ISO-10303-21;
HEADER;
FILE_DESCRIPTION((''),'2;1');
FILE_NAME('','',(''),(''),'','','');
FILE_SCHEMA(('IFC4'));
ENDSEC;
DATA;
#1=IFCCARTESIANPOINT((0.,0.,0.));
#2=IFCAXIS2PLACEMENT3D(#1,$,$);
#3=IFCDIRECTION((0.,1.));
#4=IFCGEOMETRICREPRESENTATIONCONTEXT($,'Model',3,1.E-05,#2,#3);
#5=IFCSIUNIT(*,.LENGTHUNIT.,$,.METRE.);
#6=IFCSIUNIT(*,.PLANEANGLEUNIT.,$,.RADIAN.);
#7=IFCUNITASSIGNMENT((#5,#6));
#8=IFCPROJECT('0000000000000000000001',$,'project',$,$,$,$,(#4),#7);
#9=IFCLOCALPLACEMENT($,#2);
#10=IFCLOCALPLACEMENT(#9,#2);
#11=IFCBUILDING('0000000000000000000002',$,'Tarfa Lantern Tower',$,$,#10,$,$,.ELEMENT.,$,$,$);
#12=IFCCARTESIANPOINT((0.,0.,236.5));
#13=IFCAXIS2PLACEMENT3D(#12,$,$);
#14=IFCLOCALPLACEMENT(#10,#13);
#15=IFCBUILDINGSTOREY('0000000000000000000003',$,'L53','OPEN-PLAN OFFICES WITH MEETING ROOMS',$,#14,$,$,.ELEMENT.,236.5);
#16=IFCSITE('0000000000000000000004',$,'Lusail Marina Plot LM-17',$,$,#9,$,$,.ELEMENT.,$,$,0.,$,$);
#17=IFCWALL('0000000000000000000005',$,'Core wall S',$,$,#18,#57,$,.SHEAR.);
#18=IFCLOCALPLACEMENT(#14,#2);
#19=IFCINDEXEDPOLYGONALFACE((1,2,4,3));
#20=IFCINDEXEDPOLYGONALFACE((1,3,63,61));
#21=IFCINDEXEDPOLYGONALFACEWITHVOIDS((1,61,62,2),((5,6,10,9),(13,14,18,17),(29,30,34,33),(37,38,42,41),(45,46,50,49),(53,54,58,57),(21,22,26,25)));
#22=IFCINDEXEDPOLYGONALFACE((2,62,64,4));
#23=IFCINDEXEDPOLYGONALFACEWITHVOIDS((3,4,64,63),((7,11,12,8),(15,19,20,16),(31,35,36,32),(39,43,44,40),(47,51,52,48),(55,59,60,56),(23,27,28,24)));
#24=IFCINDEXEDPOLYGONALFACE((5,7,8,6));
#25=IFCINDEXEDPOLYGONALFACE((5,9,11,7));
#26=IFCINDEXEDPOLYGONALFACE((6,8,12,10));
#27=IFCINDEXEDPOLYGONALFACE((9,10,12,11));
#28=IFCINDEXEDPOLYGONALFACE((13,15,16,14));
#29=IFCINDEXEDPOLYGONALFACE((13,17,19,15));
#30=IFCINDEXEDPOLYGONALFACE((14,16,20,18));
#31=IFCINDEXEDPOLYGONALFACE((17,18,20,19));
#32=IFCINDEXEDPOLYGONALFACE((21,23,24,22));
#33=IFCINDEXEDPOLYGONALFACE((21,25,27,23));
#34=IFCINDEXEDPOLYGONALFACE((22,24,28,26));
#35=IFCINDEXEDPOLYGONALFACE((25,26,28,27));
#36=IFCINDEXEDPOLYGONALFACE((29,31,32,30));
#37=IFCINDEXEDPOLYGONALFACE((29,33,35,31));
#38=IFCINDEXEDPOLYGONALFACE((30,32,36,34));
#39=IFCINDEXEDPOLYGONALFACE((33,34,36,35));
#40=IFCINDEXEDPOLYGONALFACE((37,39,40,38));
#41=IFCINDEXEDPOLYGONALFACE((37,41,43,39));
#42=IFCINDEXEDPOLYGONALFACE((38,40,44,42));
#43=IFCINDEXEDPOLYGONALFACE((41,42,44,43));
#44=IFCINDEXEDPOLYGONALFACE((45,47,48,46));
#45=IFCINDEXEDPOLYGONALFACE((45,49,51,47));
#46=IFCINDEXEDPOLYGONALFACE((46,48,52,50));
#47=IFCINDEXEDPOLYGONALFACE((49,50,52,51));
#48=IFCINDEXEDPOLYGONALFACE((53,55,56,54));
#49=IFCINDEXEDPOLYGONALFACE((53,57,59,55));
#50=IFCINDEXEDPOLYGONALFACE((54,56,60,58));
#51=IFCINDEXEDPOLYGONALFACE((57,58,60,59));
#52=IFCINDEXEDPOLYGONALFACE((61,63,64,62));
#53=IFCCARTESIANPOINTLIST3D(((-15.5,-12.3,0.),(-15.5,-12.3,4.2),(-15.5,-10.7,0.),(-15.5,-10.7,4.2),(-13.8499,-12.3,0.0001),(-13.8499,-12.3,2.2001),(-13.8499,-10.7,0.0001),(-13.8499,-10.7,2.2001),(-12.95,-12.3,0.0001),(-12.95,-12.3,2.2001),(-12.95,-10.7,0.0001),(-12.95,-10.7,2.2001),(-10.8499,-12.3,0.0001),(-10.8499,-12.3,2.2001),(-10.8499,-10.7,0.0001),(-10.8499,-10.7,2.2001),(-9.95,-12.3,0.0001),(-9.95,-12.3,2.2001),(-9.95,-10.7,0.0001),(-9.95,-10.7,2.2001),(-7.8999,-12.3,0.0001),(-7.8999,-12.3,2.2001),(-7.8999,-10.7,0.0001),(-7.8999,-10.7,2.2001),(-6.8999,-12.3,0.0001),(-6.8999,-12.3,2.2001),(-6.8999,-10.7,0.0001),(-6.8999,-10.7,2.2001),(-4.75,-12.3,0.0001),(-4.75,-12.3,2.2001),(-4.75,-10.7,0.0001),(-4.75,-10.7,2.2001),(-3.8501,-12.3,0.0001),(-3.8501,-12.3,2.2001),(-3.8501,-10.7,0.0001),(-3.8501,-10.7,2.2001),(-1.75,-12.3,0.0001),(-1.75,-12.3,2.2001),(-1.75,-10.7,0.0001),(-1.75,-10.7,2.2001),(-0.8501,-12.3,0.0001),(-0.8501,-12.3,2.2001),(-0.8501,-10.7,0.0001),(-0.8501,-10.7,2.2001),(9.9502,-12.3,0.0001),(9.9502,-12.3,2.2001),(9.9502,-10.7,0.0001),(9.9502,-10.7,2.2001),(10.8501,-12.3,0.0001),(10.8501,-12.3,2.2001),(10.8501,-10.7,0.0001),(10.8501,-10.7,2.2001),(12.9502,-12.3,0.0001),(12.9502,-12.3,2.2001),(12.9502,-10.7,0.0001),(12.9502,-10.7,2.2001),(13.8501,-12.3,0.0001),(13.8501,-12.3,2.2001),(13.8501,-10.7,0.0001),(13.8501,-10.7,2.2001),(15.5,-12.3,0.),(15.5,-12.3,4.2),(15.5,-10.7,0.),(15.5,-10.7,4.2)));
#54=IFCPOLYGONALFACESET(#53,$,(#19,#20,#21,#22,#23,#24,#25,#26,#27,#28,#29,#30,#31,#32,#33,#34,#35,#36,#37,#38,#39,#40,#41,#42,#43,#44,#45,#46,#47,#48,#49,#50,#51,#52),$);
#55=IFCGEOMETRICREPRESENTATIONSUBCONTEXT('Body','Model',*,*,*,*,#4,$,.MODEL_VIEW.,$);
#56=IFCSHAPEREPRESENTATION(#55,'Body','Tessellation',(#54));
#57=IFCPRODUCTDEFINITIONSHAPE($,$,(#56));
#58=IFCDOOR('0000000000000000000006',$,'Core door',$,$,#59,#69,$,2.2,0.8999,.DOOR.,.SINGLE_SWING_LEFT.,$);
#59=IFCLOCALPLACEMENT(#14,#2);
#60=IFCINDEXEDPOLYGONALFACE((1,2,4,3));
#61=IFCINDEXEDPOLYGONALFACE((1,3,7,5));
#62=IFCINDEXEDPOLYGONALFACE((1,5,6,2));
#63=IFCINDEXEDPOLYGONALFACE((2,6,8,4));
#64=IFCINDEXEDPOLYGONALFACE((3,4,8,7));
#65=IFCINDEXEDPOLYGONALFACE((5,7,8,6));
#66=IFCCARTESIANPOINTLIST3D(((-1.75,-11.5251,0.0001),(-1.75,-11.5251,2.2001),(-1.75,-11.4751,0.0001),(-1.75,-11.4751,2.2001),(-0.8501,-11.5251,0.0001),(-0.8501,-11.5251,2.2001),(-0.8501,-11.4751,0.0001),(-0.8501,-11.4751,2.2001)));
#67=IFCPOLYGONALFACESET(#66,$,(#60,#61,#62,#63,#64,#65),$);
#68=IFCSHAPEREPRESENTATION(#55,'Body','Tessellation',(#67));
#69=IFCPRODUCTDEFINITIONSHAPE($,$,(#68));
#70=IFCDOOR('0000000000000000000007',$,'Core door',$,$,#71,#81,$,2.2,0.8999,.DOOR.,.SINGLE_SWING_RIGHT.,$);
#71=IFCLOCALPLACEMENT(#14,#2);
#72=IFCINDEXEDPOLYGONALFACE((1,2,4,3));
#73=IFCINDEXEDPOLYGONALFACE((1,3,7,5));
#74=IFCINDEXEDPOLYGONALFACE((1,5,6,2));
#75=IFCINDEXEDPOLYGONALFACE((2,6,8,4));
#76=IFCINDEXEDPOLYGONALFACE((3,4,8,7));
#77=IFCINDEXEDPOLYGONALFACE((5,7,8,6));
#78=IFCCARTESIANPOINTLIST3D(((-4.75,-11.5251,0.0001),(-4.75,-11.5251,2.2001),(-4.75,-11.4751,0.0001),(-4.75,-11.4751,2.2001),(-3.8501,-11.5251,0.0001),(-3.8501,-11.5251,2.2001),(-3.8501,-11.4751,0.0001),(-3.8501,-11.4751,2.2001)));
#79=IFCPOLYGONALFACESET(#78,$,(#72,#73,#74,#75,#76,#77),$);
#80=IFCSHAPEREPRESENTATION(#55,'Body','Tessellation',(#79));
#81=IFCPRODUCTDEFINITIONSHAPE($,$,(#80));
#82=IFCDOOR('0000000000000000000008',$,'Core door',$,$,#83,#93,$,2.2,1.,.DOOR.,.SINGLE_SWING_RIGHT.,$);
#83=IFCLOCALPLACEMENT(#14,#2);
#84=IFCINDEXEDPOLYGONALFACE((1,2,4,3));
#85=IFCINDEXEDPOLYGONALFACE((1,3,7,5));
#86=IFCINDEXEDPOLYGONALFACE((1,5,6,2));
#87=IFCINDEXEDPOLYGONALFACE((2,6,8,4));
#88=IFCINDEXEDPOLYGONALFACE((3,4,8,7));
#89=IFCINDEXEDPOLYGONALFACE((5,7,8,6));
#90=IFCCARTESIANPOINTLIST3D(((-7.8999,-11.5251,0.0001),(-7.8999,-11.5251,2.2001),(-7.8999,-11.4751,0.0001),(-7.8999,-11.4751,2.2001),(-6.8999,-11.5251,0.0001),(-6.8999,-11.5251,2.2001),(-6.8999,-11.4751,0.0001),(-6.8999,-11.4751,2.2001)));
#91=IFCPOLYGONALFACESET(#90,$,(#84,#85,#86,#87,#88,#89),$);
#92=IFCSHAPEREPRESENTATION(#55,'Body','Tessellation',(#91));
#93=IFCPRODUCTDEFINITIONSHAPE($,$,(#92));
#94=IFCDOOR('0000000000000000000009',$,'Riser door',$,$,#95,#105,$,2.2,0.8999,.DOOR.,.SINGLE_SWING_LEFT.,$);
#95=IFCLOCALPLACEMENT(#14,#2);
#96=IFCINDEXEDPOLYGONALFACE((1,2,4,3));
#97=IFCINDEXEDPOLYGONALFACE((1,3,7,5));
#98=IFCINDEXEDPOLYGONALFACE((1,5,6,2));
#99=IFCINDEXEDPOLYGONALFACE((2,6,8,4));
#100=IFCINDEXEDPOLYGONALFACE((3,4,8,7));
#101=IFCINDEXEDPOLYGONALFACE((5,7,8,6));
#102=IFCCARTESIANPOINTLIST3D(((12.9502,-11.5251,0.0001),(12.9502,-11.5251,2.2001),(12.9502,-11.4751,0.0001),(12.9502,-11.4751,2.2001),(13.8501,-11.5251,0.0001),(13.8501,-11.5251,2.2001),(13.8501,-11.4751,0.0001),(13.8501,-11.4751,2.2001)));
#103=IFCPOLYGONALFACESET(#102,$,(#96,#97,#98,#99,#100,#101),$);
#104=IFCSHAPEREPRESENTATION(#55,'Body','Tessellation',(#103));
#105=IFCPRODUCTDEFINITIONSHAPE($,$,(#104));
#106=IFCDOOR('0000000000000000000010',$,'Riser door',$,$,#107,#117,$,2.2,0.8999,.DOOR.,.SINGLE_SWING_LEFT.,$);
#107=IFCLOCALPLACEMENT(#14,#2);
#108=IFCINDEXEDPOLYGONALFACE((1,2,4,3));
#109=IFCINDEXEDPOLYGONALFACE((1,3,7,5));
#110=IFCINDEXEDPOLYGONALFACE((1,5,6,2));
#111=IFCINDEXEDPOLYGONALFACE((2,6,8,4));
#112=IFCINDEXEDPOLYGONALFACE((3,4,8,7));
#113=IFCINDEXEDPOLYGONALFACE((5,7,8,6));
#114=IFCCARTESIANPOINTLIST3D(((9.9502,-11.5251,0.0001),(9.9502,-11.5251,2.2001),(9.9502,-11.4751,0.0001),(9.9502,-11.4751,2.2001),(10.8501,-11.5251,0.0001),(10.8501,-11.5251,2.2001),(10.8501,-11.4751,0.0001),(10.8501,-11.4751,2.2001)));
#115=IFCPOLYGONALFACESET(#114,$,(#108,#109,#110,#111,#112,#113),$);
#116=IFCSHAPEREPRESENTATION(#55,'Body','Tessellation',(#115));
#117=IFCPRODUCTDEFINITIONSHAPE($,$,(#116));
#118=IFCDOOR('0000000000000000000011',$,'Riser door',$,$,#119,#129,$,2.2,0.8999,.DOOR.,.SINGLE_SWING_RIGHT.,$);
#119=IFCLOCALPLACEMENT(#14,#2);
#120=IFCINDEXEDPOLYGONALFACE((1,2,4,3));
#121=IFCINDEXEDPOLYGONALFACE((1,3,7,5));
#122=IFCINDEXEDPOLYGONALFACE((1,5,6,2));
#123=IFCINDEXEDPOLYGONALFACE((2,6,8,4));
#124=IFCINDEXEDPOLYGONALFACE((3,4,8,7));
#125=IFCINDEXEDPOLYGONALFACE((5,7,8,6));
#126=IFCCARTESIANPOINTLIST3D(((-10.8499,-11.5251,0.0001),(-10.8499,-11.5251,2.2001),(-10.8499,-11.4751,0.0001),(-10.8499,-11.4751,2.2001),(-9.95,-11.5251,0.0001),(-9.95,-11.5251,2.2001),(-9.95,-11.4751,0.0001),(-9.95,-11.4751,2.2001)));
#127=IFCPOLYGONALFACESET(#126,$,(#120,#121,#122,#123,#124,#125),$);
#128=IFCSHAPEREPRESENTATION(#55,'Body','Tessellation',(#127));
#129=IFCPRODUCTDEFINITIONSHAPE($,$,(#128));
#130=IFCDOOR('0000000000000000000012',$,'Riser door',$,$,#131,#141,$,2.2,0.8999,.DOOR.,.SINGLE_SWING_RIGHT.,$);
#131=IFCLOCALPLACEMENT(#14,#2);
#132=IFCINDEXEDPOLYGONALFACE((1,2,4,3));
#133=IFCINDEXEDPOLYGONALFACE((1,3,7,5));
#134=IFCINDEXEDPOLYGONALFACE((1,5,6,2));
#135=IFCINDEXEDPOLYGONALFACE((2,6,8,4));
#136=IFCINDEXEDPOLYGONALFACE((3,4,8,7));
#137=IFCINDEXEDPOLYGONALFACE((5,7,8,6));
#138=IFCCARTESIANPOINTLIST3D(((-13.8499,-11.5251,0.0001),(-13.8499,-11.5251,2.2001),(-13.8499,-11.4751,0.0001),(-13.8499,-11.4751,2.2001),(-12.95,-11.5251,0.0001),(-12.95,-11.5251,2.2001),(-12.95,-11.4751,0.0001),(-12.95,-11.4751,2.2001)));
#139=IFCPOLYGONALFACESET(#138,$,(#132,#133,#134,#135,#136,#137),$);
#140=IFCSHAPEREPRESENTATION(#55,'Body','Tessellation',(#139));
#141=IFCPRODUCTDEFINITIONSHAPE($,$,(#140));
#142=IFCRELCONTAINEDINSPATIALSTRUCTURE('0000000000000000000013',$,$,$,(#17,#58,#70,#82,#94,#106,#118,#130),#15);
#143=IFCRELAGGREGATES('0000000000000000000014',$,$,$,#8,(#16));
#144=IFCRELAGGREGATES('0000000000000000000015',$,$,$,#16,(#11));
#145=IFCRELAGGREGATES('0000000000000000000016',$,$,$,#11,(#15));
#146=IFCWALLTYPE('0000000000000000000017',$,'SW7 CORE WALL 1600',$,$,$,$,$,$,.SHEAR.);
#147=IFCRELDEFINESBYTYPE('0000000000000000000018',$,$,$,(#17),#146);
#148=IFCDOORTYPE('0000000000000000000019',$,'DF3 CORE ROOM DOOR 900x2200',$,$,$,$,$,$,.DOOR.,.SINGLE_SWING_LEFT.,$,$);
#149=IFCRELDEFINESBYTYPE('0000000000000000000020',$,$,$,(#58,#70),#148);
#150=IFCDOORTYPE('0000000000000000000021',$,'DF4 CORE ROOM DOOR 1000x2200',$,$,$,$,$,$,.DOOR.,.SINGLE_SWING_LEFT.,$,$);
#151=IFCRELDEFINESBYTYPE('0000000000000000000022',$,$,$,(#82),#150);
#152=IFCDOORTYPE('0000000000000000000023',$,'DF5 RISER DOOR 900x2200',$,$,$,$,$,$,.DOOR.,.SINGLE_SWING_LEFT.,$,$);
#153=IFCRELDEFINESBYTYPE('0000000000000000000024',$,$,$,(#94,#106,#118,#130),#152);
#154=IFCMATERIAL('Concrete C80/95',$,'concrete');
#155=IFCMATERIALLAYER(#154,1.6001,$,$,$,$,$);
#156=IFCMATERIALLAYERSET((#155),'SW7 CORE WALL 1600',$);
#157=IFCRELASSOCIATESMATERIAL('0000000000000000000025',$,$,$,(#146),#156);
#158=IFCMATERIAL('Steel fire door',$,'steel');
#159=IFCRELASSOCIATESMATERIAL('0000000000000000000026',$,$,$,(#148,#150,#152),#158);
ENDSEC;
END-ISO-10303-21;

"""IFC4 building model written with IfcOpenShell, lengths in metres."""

from ifc_helpers import new_model, si_unit, direction, frame, frame_2d, origin, place, context, subcontext, project, spatial, rectangle, extrude, material, layer, layer_set, type_object, element, fill, save


model = new_model("IFC4")

# Units and contexts
model_context = context("Model", 3, precision=1e-05, world=origin(), true_north=direction((0.0, 1.0)))
body_context = subcontext(model_context, "Body", "Model", "MODEL_VIEW")
ifc_project = project(units=[si_unit("LENGTHUNIT", "METRE"), si_unit("PLANEANGLEUNIT", "RADIAN")], contexts=[model_context])

# Site, building, storey
site_placement = place(None, origin())
site = spatial("IfcSite", under=ifc_project, at=site_placement, Name="Lusail Marina Plot LM-17", CompositionType="ELEMENT", RefElevation=0.0)
building_placement = place(site_placement, origin())
building = spatial("IfcBuilding", under=site, at=building_placement, Name="Tarfa Lantern Tower", CompositionType="ELEMENT")
storey_placement = place(building_placement, frame((0.0, 0.0, 236.5)))
storey = spatial("IfcBuildingStorey", under=building, at=storey_placement, Name="L53", Description="OPEN-PLAN OFFICES WITH MEETING ROOMS", CompositionType="ELEMENT", Elevation=236.5)

# Shared definitions
ifc_material_1 = material(Name="Concrete C80/95", Category="concrete")

# Shared definitions
ifc_material_2 = material(Name="Steel fire door", Category="steel")

# Wall, openings, doors
ifc_layer_1 = layer(ifc_material_1, 1.6001)
ifc_layer_set_1 = layer_set([ifc_layer_1], Name="SW7 CORE WALL 1600")
wall_type_1 = type_object("IfcWallType", Name="SW7 CORE WALL 1600", PredefinedType="SHEAR", material=ifc_layer_set_1)
wall_1_placement = place(storey_placement, frame((15.5, -11.5, 0.0), z_axis=(0.0, 0.0, 1.0), x_axis=(-1.0, 0.0, 0.0)))
wall_1 = element("IfcWall", 1, at=wall_1_placement, inside=storey, type_object=wall_type_1, Name="Core wall S", PredefinedType="SHEAR", context=body_context, shape_type="SweptSolid", body=[
    extrude(rectangle(XDim=31.0, YDim=1.6001, at=frame_2d((15.5, 0.0))), origin(), (0.0, 0.0, 1.0), 4.2),
])
opening_1_placement = place(wall_1_placement, frame((16.3501, 0.0, 0.0)))
opening_1 = element("IfcOpeningElement", 2, at=opening_1_placement, cuts=wall_1, PredefinedType="OPENING", context=body_context, shape_type="SweptSolid", body=[
    extrude(rectangle(XDim=0.8999, YDim=2.2, at=frame_2d((0.45, 1.1001))), frame((0.0, 0.8101, 0.0), z_axis=(0.0, -1.0, 0.0), x_axis=(1.0, 0.0, 0.0)), (0.0, 0.0, 1.0), 1.6201),
])
opening_2_placement = place(wall_1_placement, frame((19.3501, 0.0, 0.0)))
opening_2 = element("IfcOpeningElement", 3, at=opening_2_placement, cuts=wall_1, PredefinedType="OPENING", context=body_context, shape_type="SweptSolid", body=[
    extrude(rectangle(XDim=0.8999, YDim=2.2, at=frame_2d((0.45, 1.1001))), frame((0.0, 0.8101, 0.0), z_axis=(0.0, -1.0, 0.0), x_axis=(1.0, 0.0, 0.0)), (0.0, 0.0, 1.0), 1.6201),
])
opening_3_placement = place(wall_1_placement, frame((22.3999, 0.0, 0.0)))
opening_3 = element("IfcOpeningElement", 4, at=opening_3_placement, cuts=wall_1, PredefinedType="OPENING", context=body_context, shape_type="SweptSolid", body=[
    extrude(rectangle(XDim=1.0, YDim=2.2, at=frame_2d((0.5, 1.1001))), frame((0.0, 0.8101, 0.0), z_axis=(0.0, -1.0, 0.0), x_axis=(1.0, 0.0, 0.0)), (0.0, 0.0, 1.0), 1.6201),
])
opening_4_placement = place(wall_1_placement, frame((1.6499, 0.0, 0.0)))
opening_4 = element("IfcOpeningElement", 5, at=opening_4_placement, cuts=wall_1, PredefinedType="OPENING", context=body_context, shape_type="SweptSolid", body=[
    extrude(rectangle(XDim=0.8999, YDim=2.2, at=frame_2d((0.45, 1.1001))), frame((0.0, 0.8101, 0.0), z_axis=(0.0, -1.0, 0.0), x_axis=(1.0, 0.0, 0.0)), (0.0, 0.0, 1.0), 1.6201),
])
opening_5_placement = place(wall_1_placement, frame((4.6499, 0.0, 0.0)))
opening_5 = element("IfcOpeningElement", 6, at=opening_5_placement, cuts=wall_1, PredefinedType="OPENING", context=body_context, shape_type="SweptSolid", body=[
    extrude(rectangle(XDim=0.8999, YDim=2.2, at=frame_2d((0.45, 1.1001))), frame((0.0, 0.8101, 0.0), z_axis=(0.0, -1.0, 0.0), x_axis=(1.0, 0.0, 0.0)), (0.0, 0.0, 1.0), 1.6201),
])
opening_6_placement = place(wall_1_placement, frame((25.45, 0.0, 0.0)))
opening_6 = element("IfcOpeningElement", 7, at=opening_6_placement, cuts=wall_1, PredefinedType="OPENING", context=body_context, shape_type="SweptSolid", body=[
    extrude(rectangle(XDim=0.8999, YDim=2.2, at=frame_2d((0.45, 1.1001))), frame((0.0, 0.8101, 0.0), z_axis=(0.0, -1.0, 0.0), x_axis=(1.0, 0.0, 0.0)), (0.0, 0.0, 1.0), 1.6201),
])
opening_7_placement = place(wall_1_placement, frame((28.45, 0.0, 0.0)))
opening_7 = element("IfcOpeningElement", 8, at=opening_7_placement, cuts=wall_1, PredefinedType="OPENING", context=body_context, shape_type="SweptSolid", body=[
    extrude(rectangle(XDim=0.8999, YDim=2.2, at=frame_2d((0.45, 1.1001))), frame((0.0, 0.8101, 0.0), z_axis=(0.0, -1.0, 0.0), x_axis=(1.0, 0.0, 0.0)), (0.0, 0.0, 1.0), 1.6201),
])
door_type_1 = type_object("IfcDoorType", Name="DF3 CORE ROOM DOOR 900x2200", OperationType="SINGLE_SWING_LEFT", PredefinedType="DOOR", material=ifc_material_2)
door_1_placement = place(opening_1_placement, frame((0.8999, 0.0, 0.0), z_axis=(0.0, 0.0, 1.0), x_axis=(-1.0, 0.0, 0.0)))
door_1 = element("IfcDoor", 9, at=door_1_placement, inside=storey, type_object=door_type_1, Name="Core door", OperationType="SINGLE_SWING_LEFT", OverallHeight=2.2, OverallWidth=0.8999, PredefinedType="DOOR", context=body_context, shape_type="SweptSolid", body=[
    extrude(rectangle(XDim=0.8999, YDim=2.2, at=frame_2d((0.45, 1.1001))), frame((0.0, 0.0249, 0.0), z_axis=(0.0, -1.0, 0.0), x_axis=(1.0, 0.0, 0.0)), (0.0, 0.0, 1.0), 0.05),
])
fill(opening_1, door_1)
door_2_placement = place(opening_2_placement, frame((0.8999, 0.0, 0.0), z_axis=(0.0, 0.0, 1.0), x_axis=(-1.0, 0.0, 0.0)))
door_2 = element("IfcDoor", 10, at=door_2_placement, inside=storey, type_object=door_type_1, Name="Core door", OperationType="SINGLE_SWING_RIGHT", OverallHeight=2.2, OverallWidth=0.8999, PredefinedType="DOOR", context=body_context, shape_type="SweptSolid", body=[
    extrude(rectangle(XDim=0.8999, YDim=2.2, at=frame_2d((0.45, 1.1001))), frame((0.0, 0.0249, 0.0), z_axis=(0.0, -1.0, 0.0), x_axis=(1.0, 0.0, 0.0)), (0.0, 0.0, 1.0), 0.05),
])
fill(opening_2, door_2)
door_type_2 = type_object("IfcDoorType", Name="DF4 CORE ROOM DOOR 1000x2200", OperationType="SINGLE_SWING_LEFT", PredefinedType="DOOR", material=ifc_material_2)
door_3_placement = place(opening_3_placement, frame((1.0, 0.0, 0.0), z_axis=(0.0, 0.0, 1.0), x_axis=(-1.0, 0.0, 0.0)))
door_3 = element("IfcDoor", 11, at=door_3_placement, inside=storey, type_object=door_type_2, Name="Core door", OperationType="SINGLE_SWING_RIGHT", OverallHeight=2.2, OverallWidth=1.0, PredefinedType="DOOR", context=body_context, shape_type="SweptSolid", body=[
    extrude(rectangle(XDim=1.0, YDim=2.2, at=frame_2d((0.5, 1.1001))), frame((0.0, 0.0249, 0.0), z_axis=(0.0, -1.0, 0.0), x_axis=(1.0, 0.0, 0.0)), (0.0, 0.0, 1.0), 0.05),
])
fill(opening_3, door_3)
door_type_3 = type_object("IfcDoorType", Name="DF5 RISER DOOR 900x2200", OperationType="SINGLE_SWING_LEFT", PredefinedType="DOOR", material=ifc_material_2)
door_4_placement = place(opening_4_placement, frame((0.8999, 0.0, 0.0), z_axis=(0.0, 0.0, 1.0), x_axis=(-1.0, 0.0, 0.0)))
door_4 = element("IfcDoor", 12, at=door_4_placement, inside=storey, type_object=door_type_3, Name="Riser door", OperationType="SINGLE_SWING_LEFT", OverallHeight=2.2, OverallWidth=0.8999, PredefinedType="DOOR", context=body_context, shape_type="SweptSolid", body=[
    extrude(rectangle(XDim=0.8999, YDim=2.2, at=frame_2d((0.45, 1.1001))), frame((0.0, 0.0249, 0.0), z_axis=(0.0, -1.0, 0.0), x_axis=(1.0, 0.0, 0.0)), (0.0, 0.0, 1.0), 0.05),
])
fill(opening_4, door_4)
door_5_placement = place(opening_5_placement, frame((0.8999, 0.0, 0.0), z_axis=(0.0, 0.0, 1.0), x_axis=(-1.0, 0.0, 0.0)))
door_5 = element("IfcDoor", 13, at=door_5_placement, inside=storey, type_object=door_type_3, Name="Riser door", OperationType="SINGLE_SWING_LEFT", OverallHeight=2.2, OverallWidth=0.8999, PredefinedType="DOOR", context=body_context, shape_type="SweptSolid", body=[
    extrude(rectangle(XDim=0.8999, YDim=2.2, at=frame_2d((0.45, 1.1001))), frame((0.0, 0.0249, 0.0), z_axis=(0.0, -1.0, 0.0), x_axis=(1.0, 0.0, 0.0)), (0.0, 0.0, 1.0), 0.05),
])
fill(opening_5, door_5)
door_6_placement = place(opening_6_placement, frame((0.8999, 0.0, 0.0), z_axis=(0.0, 0.0, 1.0), x_axis=(-1.0, 0.0, 0.0)))
door_6 = element("IfcDoor", 14, at=door_6_placement, inside=storey, type_object=door_type_3, Name="Riser door", OperationType="SINGLE_SWING_RIGHT", OverallHeight=2.2, OverallWidth=0.8999, PredefinedType="DOOR", context=body_context, shape_type="SweptSolid", body=[
    extrude(rectangle(XDim=0.8999, YDim=2.2, at=frame_2d((0.45, 1.1001))), frame((0.0, 0.0249, 0.0), z_axis=(0.0, -1.0, 0.0), x_axis=(1.0, 0.0, 0.0)), (0.0, 0.0, 1.0), 0.05),
])
fill(opening_6, door_6)
door_7_placement = place(opening_7_placement, frame((0.8999, 0.0, 0.0), z_axis=(0.0, 0.0, 1.0), x_axis=(-1.0, 0.0, 0.0)))
door_7 = element("IfcDoor", 15, at=door_7_placement, inside=storey, type_object=door_type_3, Name="Riser door", OperationType="SINGLE_SWING_RIGHT", OverallHeight=2.2, OverallWidth=0.8999, PredefinedType="DOOR", context=body_context, shape_type="SweptSolid", body=[
    extrude(rectangle(XDim=0.8999, YDim=2.2, at=frame_2d((0.45, 1.1001))), frame((0.0, 0.0249, 0.0), z_axis=(0.0, -1.0, 0.0), x_axis=(1.0, 0.0, 0.0)), (0.0, 0.0, 1.0), 0.05),
])
fill(opening_7, door_7)

save(model, "model.ifc")
